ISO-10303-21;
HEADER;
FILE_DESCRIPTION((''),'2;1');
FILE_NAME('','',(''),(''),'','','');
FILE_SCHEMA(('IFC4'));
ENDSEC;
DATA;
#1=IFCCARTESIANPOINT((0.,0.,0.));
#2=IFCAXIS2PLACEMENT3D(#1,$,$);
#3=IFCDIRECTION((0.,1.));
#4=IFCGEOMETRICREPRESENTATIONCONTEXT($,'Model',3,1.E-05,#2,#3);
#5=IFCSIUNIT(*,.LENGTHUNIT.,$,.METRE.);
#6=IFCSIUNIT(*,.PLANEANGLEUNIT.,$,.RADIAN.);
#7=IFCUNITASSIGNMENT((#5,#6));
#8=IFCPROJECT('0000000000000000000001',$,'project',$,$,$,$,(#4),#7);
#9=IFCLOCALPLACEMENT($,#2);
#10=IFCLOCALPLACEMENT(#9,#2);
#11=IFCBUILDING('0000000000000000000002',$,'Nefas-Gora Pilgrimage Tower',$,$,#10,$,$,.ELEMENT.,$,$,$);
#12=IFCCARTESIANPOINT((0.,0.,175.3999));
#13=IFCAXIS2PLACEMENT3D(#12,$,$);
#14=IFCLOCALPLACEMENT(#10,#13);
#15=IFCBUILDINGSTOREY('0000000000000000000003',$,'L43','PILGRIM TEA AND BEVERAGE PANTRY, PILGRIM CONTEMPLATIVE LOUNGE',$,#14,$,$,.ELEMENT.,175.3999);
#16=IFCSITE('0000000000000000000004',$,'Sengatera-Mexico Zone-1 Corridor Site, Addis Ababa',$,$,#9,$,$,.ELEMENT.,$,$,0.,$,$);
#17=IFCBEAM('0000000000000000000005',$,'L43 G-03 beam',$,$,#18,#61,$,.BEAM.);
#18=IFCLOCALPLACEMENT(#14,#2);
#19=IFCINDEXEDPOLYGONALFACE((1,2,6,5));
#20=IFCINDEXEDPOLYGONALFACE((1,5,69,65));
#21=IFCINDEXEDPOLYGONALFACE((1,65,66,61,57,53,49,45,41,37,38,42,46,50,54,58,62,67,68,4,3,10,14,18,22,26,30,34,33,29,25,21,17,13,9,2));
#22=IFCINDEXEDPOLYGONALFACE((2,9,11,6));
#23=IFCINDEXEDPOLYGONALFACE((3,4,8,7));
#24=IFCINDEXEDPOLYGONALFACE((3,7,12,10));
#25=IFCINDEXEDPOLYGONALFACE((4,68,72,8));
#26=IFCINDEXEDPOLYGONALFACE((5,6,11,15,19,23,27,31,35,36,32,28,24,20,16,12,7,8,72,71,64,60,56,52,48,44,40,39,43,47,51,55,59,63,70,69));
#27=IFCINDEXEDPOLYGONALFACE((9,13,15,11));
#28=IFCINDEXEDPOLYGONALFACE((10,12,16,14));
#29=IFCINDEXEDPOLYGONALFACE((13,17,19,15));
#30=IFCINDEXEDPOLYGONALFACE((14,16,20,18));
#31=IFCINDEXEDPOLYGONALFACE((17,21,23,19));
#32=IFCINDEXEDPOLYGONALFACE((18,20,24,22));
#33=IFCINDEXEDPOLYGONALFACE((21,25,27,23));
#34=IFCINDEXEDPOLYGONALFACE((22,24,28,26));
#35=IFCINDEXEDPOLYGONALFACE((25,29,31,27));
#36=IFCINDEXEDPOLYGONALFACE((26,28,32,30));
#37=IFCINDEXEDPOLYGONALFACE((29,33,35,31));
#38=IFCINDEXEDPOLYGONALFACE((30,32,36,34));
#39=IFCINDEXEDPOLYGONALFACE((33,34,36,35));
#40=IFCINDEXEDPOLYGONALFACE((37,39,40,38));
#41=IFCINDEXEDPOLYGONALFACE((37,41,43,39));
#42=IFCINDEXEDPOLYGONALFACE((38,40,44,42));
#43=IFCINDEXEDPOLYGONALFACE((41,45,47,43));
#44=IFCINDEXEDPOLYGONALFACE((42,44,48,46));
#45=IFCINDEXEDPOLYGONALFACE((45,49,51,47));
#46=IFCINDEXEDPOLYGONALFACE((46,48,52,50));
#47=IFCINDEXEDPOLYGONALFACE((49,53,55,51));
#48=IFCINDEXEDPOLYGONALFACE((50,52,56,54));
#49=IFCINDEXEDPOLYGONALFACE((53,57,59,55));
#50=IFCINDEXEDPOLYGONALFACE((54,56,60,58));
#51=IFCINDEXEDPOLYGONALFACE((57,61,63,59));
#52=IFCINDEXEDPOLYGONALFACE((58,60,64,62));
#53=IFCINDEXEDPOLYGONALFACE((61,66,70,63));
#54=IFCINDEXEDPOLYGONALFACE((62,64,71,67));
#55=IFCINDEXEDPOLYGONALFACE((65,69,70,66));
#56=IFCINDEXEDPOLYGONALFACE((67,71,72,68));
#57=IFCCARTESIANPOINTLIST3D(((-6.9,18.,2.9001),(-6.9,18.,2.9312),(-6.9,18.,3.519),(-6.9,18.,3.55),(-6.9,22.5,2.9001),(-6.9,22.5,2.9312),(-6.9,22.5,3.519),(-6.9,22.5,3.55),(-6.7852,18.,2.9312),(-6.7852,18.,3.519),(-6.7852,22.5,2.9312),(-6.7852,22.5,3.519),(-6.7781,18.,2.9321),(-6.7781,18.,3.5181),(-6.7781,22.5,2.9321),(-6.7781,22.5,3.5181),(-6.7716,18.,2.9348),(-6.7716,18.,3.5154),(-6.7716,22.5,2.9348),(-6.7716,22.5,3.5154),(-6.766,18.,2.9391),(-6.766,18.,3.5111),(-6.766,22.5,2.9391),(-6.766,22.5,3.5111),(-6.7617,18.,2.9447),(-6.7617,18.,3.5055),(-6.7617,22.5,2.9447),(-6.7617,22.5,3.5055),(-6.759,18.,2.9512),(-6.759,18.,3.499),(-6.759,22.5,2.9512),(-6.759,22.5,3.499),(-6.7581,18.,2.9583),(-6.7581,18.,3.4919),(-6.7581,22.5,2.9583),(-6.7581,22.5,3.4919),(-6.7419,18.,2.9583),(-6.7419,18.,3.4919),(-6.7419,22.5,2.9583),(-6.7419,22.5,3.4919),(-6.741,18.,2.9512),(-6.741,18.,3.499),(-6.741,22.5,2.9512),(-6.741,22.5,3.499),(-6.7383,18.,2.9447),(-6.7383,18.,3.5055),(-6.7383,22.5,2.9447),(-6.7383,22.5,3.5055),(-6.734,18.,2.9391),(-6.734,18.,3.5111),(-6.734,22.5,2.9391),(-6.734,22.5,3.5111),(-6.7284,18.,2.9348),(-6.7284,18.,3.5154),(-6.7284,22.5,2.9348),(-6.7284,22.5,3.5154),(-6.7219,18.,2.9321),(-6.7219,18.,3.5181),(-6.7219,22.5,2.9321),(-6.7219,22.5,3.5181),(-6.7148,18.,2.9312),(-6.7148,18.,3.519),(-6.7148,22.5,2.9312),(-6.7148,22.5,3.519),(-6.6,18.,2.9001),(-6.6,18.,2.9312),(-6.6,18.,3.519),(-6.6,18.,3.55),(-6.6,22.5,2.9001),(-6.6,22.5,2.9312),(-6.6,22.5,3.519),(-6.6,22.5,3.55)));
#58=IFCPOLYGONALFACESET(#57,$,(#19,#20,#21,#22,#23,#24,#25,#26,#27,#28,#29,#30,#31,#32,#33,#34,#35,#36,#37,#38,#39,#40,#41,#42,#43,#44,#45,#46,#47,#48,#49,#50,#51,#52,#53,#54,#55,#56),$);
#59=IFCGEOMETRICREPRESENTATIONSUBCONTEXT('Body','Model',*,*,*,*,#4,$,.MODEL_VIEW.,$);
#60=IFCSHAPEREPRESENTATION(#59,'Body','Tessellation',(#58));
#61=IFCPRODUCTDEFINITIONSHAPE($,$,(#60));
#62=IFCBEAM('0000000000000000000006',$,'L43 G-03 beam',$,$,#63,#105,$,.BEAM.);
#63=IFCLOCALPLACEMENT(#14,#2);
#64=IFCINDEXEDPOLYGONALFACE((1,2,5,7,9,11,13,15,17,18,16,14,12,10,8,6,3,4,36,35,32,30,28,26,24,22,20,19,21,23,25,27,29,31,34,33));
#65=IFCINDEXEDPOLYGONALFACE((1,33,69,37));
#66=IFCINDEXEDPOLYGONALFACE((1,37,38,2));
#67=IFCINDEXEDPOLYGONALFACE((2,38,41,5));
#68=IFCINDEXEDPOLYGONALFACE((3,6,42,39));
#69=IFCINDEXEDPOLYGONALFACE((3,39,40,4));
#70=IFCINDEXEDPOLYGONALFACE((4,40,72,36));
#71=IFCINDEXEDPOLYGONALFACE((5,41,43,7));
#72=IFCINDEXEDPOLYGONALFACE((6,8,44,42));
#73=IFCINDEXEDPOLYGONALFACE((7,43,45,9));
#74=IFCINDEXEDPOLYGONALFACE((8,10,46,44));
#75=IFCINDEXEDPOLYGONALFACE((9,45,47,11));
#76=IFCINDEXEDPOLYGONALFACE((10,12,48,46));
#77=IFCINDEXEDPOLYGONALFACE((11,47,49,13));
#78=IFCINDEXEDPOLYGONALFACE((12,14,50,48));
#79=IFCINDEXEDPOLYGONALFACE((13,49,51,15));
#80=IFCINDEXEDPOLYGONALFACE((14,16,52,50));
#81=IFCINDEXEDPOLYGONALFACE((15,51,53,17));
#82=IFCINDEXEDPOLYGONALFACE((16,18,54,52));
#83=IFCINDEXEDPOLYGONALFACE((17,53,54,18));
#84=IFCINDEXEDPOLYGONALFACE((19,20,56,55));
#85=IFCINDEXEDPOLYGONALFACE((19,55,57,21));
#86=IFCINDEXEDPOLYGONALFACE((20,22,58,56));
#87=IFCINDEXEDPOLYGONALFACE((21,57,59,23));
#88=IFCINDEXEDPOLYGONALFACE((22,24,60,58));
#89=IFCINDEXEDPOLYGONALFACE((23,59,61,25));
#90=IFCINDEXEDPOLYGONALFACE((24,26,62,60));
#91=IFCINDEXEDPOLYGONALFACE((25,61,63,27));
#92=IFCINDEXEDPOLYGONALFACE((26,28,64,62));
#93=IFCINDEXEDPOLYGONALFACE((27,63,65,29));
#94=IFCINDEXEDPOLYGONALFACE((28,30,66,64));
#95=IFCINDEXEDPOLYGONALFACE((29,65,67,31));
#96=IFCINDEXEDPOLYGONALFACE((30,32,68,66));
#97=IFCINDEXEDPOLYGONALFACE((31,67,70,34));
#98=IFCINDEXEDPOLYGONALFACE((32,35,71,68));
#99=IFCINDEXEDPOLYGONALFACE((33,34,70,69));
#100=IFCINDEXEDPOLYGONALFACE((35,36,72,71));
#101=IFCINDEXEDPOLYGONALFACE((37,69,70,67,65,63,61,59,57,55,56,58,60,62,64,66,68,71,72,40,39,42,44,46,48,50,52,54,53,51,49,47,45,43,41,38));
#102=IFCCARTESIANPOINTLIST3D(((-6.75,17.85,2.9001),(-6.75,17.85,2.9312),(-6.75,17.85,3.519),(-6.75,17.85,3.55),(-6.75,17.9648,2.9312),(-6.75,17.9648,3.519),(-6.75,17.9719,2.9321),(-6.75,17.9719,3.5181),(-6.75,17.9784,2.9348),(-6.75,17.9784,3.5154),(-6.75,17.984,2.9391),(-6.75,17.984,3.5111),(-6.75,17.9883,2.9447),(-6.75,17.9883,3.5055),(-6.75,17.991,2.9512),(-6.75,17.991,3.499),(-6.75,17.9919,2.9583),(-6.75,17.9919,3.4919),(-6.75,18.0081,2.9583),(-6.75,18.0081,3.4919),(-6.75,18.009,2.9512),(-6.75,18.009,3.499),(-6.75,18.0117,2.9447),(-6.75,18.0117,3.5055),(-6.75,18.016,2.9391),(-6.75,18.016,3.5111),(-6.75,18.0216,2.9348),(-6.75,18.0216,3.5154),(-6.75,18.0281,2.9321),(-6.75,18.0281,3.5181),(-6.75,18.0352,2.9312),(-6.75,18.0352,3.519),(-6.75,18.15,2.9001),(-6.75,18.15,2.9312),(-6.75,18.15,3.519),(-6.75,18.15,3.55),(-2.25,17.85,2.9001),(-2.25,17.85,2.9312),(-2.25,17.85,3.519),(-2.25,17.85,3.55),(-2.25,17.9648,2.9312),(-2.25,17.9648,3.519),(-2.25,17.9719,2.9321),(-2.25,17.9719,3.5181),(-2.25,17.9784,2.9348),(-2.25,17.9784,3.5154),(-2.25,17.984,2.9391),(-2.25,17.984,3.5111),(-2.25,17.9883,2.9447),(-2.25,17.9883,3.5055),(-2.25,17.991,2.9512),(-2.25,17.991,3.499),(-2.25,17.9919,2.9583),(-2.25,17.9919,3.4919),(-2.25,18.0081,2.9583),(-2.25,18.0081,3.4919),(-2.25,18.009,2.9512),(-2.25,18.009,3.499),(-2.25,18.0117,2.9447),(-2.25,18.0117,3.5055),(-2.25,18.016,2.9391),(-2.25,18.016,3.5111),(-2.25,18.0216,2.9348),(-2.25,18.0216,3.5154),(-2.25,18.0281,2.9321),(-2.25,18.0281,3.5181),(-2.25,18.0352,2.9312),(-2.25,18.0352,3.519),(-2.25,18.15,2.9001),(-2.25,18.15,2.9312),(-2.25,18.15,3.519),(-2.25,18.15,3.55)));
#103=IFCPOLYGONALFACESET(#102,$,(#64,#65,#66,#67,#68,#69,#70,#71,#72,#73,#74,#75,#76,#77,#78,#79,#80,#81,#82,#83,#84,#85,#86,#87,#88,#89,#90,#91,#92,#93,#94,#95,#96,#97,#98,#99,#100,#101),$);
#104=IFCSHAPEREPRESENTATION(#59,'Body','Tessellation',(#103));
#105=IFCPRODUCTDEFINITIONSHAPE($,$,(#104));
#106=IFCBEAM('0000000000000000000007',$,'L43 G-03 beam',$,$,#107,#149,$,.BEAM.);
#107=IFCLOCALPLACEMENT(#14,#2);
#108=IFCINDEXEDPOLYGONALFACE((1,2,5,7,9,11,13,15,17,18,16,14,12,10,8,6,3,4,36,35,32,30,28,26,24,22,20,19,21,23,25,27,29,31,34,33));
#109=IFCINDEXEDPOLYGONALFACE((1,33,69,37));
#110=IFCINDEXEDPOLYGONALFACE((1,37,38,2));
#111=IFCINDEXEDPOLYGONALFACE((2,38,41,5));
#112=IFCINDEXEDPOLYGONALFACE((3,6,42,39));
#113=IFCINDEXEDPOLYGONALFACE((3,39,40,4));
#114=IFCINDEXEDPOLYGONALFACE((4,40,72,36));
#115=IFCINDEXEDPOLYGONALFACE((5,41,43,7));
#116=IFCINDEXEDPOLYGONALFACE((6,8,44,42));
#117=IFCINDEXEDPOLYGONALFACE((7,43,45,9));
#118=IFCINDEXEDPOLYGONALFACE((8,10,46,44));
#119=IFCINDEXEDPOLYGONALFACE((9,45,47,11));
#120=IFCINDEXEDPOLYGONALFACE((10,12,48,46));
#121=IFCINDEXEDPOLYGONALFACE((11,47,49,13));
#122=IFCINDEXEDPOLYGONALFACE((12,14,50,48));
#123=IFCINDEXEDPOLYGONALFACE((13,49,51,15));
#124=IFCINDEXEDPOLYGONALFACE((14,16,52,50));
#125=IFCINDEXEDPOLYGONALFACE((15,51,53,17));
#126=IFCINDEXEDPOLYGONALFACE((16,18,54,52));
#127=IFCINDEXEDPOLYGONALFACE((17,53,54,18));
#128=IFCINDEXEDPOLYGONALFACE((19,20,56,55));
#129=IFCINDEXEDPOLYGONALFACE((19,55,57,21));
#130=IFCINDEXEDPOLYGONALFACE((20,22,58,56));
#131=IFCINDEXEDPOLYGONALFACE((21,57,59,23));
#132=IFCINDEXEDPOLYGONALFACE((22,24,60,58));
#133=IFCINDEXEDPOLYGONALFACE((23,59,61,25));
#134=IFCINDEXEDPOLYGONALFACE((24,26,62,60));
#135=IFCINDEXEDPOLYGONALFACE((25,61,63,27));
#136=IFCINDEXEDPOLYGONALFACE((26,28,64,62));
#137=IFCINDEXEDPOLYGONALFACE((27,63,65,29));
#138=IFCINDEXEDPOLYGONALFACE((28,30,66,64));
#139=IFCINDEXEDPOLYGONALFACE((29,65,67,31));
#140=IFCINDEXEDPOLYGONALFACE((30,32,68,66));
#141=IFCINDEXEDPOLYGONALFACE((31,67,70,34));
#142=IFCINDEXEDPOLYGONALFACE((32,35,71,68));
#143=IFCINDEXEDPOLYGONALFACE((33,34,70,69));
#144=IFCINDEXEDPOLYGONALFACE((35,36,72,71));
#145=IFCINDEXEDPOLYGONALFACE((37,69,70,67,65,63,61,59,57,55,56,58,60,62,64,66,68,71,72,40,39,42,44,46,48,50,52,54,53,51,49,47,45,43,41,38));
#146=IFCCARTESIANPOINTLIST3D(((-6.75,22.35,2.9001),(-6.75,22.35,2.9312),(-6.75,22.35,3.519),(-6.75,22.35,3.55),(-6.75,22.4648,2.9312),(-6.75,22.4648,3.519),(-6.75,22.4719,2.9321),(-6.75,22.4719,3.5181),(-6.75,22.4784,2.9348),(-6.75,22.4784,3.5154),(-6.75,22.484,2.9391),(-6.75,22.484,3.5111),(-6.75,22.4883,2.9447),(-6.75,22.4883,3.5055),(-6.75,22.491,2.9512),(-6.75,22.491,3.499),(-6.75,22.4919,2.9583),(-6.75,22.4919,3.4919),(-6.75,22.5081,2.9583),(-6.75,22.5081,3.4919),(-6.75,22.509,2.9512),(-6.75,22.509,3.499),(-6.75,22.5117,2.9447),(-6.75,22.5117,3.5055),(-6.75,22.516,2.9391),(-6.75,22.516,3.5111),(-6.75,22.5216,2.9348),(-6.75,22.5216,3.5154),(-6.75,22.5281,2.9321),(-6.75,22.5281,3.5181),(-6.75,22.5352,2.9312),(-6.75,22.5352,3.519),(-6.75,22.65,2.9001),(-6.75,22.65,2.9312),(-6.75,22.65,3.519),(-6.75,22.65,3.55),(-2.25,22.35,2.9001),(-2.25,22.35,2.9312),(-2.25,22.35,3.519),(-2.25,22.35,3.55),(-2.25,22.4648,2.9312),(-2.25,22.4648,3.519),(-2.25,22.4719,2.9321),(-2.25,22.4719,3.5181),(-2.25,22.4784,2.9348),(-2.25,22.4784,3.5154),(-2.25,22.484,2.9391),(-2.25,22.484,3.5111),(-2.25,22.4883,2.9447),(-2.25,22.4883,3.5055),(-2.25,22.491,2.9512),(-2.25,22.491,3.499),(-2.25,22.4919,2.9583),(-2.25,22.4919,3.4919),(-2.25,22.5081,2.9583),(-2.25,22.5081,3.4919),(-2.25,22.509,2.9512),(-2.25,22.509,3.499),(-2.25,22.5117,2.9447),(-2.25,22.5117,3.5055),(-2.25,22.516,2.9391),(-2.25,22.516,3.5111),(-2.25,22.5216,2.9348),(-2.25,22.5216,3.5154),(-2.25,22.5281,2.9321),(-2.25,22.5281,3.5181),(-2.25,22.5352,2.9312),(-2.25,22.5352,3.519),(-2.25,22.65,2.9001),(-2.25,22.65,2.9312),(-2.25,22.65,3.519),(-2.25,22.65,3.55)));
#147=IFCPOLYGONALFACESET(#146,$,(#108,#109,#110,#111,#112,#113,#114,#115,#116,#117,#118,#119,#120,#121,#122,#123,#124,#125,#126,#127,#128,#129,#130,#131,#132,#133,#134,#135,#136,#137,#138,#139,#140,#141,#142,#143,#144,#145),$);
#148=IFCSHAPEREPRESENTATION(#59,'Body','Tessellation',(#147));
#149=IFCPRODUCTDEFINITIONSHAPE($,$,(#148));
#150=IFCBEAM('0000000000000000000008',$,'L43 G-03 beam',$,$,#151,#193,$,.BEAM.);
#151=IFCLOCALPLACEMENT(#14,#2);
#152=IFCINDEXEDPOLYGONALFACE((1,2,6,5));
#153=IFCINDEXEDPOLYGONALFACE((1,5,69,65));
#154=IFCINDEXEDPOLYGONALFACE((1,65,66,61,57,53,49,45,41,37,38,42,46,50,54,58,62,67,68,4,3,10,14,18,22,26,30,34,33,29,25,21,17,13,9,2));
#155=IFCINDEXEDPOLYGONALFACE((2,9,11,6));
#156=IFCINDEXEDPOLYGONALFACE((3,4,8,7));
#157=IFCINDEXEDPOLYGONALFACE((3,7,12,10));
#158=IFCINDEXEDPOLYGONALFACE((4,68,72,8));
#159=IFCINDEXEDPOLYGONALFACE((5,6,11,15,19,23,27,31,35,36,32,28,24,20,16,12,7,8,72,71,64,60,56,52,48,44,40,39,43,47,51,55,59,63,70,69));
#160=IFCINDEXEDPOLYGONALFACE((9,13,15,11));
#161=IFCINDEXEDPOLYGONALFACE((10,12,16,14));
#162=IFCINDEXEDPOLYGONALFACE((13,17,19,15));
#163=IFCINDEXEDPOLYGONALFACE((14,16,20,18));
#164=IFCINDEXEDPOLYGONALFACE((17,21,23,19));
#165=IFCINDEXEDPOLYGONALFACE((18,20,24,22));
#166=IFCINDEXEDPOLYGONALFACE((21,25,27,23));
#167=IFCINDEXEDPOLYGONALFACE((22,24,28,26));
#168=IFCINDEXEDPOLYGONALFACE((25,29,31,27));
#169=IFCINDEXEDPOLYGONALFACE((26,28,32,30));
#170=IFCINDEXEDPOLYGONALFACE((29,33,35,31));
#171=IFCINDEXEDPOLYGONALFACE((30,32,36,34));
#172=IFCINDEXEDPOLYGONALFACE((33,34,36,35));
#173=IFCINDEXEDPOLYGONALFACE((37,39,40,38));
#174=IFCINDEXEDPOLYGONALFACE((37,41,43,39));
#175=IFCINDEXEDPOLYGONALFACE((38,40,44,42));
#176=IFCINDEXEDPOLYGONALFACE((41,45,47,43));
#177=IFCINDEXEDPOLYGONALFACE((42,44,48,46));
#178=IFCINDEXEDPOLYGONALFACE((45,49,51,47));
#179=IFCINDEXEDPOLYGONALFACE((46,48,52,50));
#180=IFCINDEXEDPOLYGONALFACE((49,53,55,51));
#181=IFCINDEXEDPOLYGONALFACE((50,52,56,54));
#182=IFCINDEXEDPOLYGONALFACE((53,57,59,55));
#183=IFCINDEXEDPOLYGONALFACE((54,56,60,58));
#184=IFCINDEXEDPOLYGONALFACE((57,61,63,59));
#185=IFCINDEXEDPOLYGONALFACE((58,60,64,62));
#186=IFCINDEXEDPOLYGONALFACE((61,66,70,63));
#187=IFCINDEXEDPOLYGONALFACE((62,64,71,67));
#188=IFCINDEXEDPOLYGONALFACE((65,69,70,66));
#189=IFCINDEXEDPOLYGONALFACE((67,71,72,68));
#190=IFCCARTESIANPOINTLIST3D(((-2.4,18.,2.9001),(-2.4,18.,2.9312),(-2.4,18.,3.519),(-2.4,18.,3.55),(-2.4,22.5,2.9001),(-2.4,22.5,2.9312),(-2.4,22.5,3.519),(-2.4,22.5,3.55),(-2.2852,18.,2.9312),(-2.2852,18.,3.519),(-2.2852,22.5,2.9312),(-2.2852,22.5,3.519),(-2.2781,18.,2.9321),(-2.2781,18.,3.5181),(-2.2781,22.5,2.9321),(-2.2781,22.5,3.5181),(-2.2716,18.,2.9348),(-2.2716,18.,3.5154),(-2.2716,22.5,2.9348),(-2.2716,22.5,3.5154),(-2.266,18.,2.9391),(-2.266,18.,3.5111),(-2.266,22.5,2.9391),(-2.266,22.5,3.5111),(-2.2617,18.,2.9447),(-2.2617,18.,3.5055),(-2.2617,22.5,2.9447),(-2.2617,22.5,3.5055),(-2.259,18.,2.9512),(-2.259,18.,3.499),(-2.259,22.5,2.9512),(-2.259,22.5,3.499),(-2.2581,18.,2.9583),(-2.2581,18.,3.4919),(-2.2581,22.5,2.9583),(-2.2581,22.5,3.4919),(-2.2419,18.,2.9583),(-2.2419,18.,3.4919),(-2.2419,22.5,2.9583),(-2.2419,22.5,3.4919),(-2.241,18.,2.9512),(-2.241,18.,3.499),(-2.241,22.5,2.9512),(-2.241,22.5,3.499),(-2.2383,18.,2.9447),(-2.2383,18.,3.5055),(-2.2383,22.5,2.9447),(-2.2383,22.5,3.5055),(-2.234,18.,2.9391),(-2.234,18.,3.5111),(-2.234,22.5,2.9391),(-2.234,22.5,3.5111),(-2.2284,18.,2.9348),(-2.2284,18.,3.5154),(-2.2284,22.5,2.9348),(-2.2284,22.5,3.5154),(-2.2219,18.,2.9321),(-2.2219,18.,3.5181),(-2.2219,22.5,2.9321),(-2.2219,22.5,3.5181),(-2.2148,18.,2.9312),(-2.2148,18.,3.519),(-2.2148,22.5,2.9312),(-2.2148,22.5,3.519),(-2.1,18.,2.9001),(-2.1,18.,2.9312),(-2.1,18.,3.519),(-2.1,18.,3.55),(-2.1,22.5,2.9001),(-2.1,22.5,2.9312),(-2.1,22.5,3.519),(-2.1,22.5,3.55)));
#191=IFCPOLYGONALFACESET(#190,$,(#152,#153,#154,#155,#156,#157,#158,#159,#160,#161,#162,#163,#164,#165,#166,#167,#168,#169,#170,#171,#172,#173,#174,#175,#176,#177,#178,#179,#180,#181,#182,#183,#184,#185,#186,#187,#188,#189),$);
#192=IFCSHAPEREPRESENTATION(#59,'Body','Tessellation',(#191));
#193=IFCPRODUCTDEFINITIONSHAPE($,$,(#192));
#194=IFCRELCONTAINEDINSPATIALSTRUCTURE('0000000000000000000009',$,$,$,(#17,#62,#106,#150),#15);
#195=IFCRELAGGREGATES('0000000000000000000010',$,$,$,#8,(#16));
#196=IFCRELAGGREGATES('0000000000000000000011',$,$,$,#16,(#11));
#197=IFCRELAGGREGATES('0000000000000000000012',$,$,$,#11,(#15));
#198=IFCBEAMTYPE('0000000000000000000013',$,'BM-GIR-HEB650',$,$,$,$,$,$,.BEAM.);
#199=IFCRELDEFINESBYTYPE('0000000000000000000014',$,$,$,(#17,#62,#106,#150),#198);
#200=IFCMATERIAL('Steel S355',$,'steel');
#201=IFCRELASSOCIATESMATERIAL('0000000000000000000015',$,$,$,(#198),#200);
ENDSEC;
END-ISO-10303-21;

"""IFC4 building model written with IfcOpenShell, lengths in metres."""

from ifc_helpers import new_model, si_unit, direction, frame, origin, origin_2d, place, context, subcontext, project, spatial, i_section, extrude, source, transform, mapped, material, material_profile, profile_set, type_object, element, save


model = new_model("IFC4")

# Units and contexts
model_context = context("Model", 3, precision=1e-05, world=origin(), true_north=direction((0.0, 1.0)))
body_context = subcontext(model_context, "Body", "Model", "MODEL_VIEW")
ifc_project = project(units=[si_unit("LENGTHUNIT", "METRE"), si_unit("PLANEANGLEUNIT", "RADIAN")], contexts=[model_context])

# Site, building, storey
site_placement = place(None, origin())
site = spatial("IfcSite", under=ifc_project, at=site_placement, Name="Sengatera-Mexico Zone-1 Corridor Site, Addis Ababa", CompositionType="ELEMENT", RefElevation=0.0)
building_placement = place(site_placement, origin())
building = spatial("IfcBuilding", under=site, at=building_placement, Name="Nefas-Gora Pilgrimage Tower", CompositionType="ELEMENT")
storey_placement = place(building_placement, frame((0.0, 0.0, 175.3999)))
storey = spatial("IfcBuildingStorey", under=building, at=storey_placement, Name="L43", Description="PILGRIM TEA AND BEVERAGE PANTRY, PILGRIM CONTEMPLATIVE LOUNGE", CompositionType="ELEMENT", Elevation=175.3999)

# Beams
ifc_material_1 = material(Name="Steel S355", Category="steel")
ifc_material_profile_1 = material_profile(ifc_material_1, i_section(OverallWidth=0.3, OverallDepth=0.6499, WebThickness=0.0161, FlangeThickness=0.031, FilletRadius=0.0271, at=origin_2d()), Name="HEB 650")
ifc_profile_set_1 = profile_set([ifc_material_profile_1], Name="Steel S355")
beam_type = type_object("IfcBeamType", Name="BM-GIR-HEB650", PredefinedType="BEAM", material=ifc_profile_set_1)
shared_shape_1 = source(origin(), body_context, "Body", "SweptSolid", [
    extrude(i_section(OverallWidth=0.3, OverallDepth=0.6499, WebThickness=0.0161, FlangeThickness=0.031, FilletRadius=0.0271, at=origin_2d()), origin(), (0.0, 0.0, 1.0), 4.5),
])
for number, where, z_axis, x_axis, name in (
    (1, (-6.75, 18.0, 3.2251), (0.0, 1.0, 0.0), (-1.0, 0.0, 0.0), "L43 G-03 beam"),
    (2, (-6.75, 18.0, 3.2251), (1.0, 0.0, 0.0), (0.0, 1.0, 0.0), "L43 G-03 beam"),
    (3, (-6.75, 22.5, 3.2251), (1.0, 0.0, 0.0), (0.0, 1.0, 0.0), "L43 G-03 beam"),
    (4, (-2.25, 18.0, 3.2251), (0.0, 1.0, 0.0), (-1.0, 0.0, 0.0), "L43 G-03 beam"),
):
    element("IfcBeam", number, at=place(storey_placement, frame(where, z_axis=z_axis, x_axis=x_axis)), inside=storey, type_object=beam_type, Name=name, PredefinedType="BEAM", context=body_context, shape_type="MappedRepresentation", body=[
        mapped(shared_shape_1, transform((0.0, 0.0, 0.0), x_axis=(1.0, 0.0, 0.0), y_axis=(0.0, 1.0, 0.0), z_axis=(0.0, 0.0, 1.0), scale=1.0)),
    ])

save(model, "model.ifc")
